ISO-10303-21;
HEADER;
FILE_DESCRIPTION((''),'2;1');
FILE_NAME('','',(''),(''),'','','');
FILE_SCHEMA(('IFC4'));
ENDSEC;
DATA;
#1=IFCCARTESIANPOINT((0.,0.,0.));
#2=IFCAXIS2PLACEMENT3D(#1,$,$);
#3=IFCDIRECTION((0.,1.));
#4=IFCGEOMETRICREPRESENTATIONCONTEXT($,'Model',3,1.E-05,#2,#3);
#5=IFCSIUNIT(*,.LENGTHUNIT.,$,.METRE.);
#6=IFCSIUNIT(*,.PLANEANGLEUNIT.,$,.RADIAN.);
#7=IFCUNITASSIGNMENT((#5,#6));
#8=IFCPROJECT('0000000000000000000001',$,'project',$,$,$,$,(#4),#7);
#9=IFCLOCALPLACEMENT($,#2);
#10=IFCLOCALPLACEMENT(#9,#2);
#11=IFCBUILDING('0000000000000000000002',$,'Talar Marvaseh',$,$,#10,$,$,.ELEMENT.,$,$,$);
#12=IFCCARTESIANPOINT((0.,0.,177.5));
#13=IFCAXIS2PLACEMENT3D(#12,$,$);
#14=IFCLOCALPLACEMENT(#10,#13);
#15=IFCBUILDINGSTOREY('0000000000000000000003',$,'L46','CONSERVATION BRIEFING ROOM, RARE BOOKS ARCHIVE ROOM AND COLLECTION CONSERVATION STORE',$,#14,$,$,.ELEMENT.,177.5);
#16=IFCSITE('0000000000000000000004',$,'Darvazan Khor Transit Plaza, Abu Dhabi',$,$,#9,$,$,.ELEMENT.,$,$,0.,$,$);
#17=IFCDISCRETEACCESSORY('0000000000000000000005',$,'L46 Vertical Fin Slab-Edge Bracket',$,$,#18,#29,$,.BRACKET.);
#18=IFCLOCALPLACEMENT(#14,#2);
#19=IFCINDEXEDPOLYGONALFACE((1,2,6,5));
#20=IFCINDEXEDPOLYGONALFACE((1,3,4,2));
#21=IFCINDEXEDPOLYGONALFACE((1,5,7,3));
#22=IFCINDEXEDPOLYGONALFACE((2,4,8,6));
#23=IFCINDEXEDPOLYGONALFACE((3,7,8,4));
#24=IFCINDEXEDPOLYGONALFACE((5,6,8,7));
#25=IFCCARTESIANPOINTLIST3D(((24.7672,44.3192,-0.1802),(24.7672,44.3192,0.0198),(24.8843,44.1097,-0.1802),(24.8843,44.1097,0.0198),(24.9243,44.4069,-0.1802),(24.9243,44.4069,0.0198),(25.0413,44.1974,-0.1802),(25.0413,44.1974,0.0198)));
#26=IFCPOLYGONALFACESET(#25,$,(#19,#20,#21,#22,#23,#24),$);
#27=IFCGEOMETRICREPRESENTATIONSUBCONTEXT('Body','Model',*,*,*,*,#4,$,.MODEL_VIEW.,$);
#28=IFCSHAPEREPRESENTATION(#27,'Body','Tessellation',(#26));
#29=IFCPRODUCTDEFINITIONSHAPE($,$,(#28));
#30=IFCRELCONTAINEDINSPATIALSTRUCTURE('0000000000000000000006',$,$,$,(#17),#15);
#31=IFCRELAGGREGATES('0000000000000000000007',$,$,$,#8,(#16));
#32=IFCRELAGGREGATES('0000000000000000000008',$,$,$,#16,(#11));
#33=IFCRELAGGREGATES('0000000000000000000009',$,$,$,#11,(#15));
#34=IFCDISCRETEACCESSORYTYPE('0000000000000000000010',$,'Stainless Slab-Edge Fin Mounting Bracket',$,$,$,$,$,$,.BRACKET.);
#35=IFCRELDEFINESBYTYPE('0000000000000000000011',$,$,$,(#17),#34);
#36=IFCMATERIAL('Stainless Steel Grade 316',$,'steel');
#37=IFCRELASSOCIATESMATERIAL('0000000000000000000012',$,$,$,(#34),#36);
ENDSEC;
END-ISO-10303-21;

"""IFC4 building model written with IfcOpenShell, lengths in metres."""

from ifc_helpers import new_model, si_unit, direction, frame, origin, origin_2d, place, context, subcontext, project, spatial, rectangle, extrude, source, transform, mapped, material, type_object, type_shapes, element, save


model = new_model("IFC4")

# Units and contexts
model_context = context("Model", 3, precision=1e-05, world=origin(), true_north=direction((0.0, 1.0)))
body_context = subcontext(model_context, "Body", "Model", "MODEL_VIEW")
ifc_project = project(units=[si_unit("LENGTHUNIT", "METRE"), si_unit("PLANEANGLEUNIT", "RADIAN")], contexts=[model_context])

# Site, building, storey
site_placement = place(None, origin())
site = spatial("IfcSite", under=ifc_project, at=site_placement, Name="Darvazan Khor Transit Plaza, Abu Dhabi", CompositionType="ELEMENT", RefElevation=0.0)
building_placement = place(site_placement, origin())
building = spatial("IfcBuilding", under=site, at=building_placement, Name="Talar Marvaseh", CompositionType="ELEMENT")
storey_placement = place(building_placement, frame((0.0, 0.0, 177.5)))
storey = spatial("IfcBuildingStorey", under=building, at=storey_placement, Name="L46", Description="CONSERVATION BRIEFING ROOM, RARE BOOKS ARCHIVE ROOM AND COLLECTION CONSERVATION STORE", CompositionType="ELEMENT", Elevation=177.5)

# Discrete accessory
ifc_material_1 = material(Name="Stainless Steel Grade 316", Category="steel")
discrete_accessory_type = type_object("IfcDiscreteAccessoryType", Name="Stainless Slab-Edge Fin Mounting Bracket", PredefinedType="BRACKET", material=ifc_material_1)
shared_shape_1 = source(origin(), body_context, "Body", "SweptSolid", [
    extrude(rectangle(XDim=0.24, YDim=0.1799, at=origin_2d()), origin(), (0.0, 0.0, 1.0), 0.2),
])
type_shapes(discrete_accessory_type, [shared_shape_1])
for number, where, z_axis, x_axis, name in (
    (1, (24.9043, 44.2583, -0.1802), (0.0, 0.0, 1.0), (-0.487555, 0.873092, 0.0), "L46 Vertical Fin Slab-Edge Bracket"),
):
    element("IfcDiscreteAccessory", number, at=place(storey_placement, frame(where, z_axis=z_axis, x_axis=x_axis)), inside=storey, type_object=discrete_accessory_type, Name=name, PredefinedType="BRACKET", context=body_context, shape_type="MappedRepresentation", body=[
        mapped(shared_shape_1, transform((0.0, 0.0, 0.0), x_axis=(1.0, 0.0, 0.0), y_axis=(0.0, 1.0, 0.0), z_axis=(0.0, 0.0, 1.0), scale=1.0)),
    ])

save(model, "model.ifc")
